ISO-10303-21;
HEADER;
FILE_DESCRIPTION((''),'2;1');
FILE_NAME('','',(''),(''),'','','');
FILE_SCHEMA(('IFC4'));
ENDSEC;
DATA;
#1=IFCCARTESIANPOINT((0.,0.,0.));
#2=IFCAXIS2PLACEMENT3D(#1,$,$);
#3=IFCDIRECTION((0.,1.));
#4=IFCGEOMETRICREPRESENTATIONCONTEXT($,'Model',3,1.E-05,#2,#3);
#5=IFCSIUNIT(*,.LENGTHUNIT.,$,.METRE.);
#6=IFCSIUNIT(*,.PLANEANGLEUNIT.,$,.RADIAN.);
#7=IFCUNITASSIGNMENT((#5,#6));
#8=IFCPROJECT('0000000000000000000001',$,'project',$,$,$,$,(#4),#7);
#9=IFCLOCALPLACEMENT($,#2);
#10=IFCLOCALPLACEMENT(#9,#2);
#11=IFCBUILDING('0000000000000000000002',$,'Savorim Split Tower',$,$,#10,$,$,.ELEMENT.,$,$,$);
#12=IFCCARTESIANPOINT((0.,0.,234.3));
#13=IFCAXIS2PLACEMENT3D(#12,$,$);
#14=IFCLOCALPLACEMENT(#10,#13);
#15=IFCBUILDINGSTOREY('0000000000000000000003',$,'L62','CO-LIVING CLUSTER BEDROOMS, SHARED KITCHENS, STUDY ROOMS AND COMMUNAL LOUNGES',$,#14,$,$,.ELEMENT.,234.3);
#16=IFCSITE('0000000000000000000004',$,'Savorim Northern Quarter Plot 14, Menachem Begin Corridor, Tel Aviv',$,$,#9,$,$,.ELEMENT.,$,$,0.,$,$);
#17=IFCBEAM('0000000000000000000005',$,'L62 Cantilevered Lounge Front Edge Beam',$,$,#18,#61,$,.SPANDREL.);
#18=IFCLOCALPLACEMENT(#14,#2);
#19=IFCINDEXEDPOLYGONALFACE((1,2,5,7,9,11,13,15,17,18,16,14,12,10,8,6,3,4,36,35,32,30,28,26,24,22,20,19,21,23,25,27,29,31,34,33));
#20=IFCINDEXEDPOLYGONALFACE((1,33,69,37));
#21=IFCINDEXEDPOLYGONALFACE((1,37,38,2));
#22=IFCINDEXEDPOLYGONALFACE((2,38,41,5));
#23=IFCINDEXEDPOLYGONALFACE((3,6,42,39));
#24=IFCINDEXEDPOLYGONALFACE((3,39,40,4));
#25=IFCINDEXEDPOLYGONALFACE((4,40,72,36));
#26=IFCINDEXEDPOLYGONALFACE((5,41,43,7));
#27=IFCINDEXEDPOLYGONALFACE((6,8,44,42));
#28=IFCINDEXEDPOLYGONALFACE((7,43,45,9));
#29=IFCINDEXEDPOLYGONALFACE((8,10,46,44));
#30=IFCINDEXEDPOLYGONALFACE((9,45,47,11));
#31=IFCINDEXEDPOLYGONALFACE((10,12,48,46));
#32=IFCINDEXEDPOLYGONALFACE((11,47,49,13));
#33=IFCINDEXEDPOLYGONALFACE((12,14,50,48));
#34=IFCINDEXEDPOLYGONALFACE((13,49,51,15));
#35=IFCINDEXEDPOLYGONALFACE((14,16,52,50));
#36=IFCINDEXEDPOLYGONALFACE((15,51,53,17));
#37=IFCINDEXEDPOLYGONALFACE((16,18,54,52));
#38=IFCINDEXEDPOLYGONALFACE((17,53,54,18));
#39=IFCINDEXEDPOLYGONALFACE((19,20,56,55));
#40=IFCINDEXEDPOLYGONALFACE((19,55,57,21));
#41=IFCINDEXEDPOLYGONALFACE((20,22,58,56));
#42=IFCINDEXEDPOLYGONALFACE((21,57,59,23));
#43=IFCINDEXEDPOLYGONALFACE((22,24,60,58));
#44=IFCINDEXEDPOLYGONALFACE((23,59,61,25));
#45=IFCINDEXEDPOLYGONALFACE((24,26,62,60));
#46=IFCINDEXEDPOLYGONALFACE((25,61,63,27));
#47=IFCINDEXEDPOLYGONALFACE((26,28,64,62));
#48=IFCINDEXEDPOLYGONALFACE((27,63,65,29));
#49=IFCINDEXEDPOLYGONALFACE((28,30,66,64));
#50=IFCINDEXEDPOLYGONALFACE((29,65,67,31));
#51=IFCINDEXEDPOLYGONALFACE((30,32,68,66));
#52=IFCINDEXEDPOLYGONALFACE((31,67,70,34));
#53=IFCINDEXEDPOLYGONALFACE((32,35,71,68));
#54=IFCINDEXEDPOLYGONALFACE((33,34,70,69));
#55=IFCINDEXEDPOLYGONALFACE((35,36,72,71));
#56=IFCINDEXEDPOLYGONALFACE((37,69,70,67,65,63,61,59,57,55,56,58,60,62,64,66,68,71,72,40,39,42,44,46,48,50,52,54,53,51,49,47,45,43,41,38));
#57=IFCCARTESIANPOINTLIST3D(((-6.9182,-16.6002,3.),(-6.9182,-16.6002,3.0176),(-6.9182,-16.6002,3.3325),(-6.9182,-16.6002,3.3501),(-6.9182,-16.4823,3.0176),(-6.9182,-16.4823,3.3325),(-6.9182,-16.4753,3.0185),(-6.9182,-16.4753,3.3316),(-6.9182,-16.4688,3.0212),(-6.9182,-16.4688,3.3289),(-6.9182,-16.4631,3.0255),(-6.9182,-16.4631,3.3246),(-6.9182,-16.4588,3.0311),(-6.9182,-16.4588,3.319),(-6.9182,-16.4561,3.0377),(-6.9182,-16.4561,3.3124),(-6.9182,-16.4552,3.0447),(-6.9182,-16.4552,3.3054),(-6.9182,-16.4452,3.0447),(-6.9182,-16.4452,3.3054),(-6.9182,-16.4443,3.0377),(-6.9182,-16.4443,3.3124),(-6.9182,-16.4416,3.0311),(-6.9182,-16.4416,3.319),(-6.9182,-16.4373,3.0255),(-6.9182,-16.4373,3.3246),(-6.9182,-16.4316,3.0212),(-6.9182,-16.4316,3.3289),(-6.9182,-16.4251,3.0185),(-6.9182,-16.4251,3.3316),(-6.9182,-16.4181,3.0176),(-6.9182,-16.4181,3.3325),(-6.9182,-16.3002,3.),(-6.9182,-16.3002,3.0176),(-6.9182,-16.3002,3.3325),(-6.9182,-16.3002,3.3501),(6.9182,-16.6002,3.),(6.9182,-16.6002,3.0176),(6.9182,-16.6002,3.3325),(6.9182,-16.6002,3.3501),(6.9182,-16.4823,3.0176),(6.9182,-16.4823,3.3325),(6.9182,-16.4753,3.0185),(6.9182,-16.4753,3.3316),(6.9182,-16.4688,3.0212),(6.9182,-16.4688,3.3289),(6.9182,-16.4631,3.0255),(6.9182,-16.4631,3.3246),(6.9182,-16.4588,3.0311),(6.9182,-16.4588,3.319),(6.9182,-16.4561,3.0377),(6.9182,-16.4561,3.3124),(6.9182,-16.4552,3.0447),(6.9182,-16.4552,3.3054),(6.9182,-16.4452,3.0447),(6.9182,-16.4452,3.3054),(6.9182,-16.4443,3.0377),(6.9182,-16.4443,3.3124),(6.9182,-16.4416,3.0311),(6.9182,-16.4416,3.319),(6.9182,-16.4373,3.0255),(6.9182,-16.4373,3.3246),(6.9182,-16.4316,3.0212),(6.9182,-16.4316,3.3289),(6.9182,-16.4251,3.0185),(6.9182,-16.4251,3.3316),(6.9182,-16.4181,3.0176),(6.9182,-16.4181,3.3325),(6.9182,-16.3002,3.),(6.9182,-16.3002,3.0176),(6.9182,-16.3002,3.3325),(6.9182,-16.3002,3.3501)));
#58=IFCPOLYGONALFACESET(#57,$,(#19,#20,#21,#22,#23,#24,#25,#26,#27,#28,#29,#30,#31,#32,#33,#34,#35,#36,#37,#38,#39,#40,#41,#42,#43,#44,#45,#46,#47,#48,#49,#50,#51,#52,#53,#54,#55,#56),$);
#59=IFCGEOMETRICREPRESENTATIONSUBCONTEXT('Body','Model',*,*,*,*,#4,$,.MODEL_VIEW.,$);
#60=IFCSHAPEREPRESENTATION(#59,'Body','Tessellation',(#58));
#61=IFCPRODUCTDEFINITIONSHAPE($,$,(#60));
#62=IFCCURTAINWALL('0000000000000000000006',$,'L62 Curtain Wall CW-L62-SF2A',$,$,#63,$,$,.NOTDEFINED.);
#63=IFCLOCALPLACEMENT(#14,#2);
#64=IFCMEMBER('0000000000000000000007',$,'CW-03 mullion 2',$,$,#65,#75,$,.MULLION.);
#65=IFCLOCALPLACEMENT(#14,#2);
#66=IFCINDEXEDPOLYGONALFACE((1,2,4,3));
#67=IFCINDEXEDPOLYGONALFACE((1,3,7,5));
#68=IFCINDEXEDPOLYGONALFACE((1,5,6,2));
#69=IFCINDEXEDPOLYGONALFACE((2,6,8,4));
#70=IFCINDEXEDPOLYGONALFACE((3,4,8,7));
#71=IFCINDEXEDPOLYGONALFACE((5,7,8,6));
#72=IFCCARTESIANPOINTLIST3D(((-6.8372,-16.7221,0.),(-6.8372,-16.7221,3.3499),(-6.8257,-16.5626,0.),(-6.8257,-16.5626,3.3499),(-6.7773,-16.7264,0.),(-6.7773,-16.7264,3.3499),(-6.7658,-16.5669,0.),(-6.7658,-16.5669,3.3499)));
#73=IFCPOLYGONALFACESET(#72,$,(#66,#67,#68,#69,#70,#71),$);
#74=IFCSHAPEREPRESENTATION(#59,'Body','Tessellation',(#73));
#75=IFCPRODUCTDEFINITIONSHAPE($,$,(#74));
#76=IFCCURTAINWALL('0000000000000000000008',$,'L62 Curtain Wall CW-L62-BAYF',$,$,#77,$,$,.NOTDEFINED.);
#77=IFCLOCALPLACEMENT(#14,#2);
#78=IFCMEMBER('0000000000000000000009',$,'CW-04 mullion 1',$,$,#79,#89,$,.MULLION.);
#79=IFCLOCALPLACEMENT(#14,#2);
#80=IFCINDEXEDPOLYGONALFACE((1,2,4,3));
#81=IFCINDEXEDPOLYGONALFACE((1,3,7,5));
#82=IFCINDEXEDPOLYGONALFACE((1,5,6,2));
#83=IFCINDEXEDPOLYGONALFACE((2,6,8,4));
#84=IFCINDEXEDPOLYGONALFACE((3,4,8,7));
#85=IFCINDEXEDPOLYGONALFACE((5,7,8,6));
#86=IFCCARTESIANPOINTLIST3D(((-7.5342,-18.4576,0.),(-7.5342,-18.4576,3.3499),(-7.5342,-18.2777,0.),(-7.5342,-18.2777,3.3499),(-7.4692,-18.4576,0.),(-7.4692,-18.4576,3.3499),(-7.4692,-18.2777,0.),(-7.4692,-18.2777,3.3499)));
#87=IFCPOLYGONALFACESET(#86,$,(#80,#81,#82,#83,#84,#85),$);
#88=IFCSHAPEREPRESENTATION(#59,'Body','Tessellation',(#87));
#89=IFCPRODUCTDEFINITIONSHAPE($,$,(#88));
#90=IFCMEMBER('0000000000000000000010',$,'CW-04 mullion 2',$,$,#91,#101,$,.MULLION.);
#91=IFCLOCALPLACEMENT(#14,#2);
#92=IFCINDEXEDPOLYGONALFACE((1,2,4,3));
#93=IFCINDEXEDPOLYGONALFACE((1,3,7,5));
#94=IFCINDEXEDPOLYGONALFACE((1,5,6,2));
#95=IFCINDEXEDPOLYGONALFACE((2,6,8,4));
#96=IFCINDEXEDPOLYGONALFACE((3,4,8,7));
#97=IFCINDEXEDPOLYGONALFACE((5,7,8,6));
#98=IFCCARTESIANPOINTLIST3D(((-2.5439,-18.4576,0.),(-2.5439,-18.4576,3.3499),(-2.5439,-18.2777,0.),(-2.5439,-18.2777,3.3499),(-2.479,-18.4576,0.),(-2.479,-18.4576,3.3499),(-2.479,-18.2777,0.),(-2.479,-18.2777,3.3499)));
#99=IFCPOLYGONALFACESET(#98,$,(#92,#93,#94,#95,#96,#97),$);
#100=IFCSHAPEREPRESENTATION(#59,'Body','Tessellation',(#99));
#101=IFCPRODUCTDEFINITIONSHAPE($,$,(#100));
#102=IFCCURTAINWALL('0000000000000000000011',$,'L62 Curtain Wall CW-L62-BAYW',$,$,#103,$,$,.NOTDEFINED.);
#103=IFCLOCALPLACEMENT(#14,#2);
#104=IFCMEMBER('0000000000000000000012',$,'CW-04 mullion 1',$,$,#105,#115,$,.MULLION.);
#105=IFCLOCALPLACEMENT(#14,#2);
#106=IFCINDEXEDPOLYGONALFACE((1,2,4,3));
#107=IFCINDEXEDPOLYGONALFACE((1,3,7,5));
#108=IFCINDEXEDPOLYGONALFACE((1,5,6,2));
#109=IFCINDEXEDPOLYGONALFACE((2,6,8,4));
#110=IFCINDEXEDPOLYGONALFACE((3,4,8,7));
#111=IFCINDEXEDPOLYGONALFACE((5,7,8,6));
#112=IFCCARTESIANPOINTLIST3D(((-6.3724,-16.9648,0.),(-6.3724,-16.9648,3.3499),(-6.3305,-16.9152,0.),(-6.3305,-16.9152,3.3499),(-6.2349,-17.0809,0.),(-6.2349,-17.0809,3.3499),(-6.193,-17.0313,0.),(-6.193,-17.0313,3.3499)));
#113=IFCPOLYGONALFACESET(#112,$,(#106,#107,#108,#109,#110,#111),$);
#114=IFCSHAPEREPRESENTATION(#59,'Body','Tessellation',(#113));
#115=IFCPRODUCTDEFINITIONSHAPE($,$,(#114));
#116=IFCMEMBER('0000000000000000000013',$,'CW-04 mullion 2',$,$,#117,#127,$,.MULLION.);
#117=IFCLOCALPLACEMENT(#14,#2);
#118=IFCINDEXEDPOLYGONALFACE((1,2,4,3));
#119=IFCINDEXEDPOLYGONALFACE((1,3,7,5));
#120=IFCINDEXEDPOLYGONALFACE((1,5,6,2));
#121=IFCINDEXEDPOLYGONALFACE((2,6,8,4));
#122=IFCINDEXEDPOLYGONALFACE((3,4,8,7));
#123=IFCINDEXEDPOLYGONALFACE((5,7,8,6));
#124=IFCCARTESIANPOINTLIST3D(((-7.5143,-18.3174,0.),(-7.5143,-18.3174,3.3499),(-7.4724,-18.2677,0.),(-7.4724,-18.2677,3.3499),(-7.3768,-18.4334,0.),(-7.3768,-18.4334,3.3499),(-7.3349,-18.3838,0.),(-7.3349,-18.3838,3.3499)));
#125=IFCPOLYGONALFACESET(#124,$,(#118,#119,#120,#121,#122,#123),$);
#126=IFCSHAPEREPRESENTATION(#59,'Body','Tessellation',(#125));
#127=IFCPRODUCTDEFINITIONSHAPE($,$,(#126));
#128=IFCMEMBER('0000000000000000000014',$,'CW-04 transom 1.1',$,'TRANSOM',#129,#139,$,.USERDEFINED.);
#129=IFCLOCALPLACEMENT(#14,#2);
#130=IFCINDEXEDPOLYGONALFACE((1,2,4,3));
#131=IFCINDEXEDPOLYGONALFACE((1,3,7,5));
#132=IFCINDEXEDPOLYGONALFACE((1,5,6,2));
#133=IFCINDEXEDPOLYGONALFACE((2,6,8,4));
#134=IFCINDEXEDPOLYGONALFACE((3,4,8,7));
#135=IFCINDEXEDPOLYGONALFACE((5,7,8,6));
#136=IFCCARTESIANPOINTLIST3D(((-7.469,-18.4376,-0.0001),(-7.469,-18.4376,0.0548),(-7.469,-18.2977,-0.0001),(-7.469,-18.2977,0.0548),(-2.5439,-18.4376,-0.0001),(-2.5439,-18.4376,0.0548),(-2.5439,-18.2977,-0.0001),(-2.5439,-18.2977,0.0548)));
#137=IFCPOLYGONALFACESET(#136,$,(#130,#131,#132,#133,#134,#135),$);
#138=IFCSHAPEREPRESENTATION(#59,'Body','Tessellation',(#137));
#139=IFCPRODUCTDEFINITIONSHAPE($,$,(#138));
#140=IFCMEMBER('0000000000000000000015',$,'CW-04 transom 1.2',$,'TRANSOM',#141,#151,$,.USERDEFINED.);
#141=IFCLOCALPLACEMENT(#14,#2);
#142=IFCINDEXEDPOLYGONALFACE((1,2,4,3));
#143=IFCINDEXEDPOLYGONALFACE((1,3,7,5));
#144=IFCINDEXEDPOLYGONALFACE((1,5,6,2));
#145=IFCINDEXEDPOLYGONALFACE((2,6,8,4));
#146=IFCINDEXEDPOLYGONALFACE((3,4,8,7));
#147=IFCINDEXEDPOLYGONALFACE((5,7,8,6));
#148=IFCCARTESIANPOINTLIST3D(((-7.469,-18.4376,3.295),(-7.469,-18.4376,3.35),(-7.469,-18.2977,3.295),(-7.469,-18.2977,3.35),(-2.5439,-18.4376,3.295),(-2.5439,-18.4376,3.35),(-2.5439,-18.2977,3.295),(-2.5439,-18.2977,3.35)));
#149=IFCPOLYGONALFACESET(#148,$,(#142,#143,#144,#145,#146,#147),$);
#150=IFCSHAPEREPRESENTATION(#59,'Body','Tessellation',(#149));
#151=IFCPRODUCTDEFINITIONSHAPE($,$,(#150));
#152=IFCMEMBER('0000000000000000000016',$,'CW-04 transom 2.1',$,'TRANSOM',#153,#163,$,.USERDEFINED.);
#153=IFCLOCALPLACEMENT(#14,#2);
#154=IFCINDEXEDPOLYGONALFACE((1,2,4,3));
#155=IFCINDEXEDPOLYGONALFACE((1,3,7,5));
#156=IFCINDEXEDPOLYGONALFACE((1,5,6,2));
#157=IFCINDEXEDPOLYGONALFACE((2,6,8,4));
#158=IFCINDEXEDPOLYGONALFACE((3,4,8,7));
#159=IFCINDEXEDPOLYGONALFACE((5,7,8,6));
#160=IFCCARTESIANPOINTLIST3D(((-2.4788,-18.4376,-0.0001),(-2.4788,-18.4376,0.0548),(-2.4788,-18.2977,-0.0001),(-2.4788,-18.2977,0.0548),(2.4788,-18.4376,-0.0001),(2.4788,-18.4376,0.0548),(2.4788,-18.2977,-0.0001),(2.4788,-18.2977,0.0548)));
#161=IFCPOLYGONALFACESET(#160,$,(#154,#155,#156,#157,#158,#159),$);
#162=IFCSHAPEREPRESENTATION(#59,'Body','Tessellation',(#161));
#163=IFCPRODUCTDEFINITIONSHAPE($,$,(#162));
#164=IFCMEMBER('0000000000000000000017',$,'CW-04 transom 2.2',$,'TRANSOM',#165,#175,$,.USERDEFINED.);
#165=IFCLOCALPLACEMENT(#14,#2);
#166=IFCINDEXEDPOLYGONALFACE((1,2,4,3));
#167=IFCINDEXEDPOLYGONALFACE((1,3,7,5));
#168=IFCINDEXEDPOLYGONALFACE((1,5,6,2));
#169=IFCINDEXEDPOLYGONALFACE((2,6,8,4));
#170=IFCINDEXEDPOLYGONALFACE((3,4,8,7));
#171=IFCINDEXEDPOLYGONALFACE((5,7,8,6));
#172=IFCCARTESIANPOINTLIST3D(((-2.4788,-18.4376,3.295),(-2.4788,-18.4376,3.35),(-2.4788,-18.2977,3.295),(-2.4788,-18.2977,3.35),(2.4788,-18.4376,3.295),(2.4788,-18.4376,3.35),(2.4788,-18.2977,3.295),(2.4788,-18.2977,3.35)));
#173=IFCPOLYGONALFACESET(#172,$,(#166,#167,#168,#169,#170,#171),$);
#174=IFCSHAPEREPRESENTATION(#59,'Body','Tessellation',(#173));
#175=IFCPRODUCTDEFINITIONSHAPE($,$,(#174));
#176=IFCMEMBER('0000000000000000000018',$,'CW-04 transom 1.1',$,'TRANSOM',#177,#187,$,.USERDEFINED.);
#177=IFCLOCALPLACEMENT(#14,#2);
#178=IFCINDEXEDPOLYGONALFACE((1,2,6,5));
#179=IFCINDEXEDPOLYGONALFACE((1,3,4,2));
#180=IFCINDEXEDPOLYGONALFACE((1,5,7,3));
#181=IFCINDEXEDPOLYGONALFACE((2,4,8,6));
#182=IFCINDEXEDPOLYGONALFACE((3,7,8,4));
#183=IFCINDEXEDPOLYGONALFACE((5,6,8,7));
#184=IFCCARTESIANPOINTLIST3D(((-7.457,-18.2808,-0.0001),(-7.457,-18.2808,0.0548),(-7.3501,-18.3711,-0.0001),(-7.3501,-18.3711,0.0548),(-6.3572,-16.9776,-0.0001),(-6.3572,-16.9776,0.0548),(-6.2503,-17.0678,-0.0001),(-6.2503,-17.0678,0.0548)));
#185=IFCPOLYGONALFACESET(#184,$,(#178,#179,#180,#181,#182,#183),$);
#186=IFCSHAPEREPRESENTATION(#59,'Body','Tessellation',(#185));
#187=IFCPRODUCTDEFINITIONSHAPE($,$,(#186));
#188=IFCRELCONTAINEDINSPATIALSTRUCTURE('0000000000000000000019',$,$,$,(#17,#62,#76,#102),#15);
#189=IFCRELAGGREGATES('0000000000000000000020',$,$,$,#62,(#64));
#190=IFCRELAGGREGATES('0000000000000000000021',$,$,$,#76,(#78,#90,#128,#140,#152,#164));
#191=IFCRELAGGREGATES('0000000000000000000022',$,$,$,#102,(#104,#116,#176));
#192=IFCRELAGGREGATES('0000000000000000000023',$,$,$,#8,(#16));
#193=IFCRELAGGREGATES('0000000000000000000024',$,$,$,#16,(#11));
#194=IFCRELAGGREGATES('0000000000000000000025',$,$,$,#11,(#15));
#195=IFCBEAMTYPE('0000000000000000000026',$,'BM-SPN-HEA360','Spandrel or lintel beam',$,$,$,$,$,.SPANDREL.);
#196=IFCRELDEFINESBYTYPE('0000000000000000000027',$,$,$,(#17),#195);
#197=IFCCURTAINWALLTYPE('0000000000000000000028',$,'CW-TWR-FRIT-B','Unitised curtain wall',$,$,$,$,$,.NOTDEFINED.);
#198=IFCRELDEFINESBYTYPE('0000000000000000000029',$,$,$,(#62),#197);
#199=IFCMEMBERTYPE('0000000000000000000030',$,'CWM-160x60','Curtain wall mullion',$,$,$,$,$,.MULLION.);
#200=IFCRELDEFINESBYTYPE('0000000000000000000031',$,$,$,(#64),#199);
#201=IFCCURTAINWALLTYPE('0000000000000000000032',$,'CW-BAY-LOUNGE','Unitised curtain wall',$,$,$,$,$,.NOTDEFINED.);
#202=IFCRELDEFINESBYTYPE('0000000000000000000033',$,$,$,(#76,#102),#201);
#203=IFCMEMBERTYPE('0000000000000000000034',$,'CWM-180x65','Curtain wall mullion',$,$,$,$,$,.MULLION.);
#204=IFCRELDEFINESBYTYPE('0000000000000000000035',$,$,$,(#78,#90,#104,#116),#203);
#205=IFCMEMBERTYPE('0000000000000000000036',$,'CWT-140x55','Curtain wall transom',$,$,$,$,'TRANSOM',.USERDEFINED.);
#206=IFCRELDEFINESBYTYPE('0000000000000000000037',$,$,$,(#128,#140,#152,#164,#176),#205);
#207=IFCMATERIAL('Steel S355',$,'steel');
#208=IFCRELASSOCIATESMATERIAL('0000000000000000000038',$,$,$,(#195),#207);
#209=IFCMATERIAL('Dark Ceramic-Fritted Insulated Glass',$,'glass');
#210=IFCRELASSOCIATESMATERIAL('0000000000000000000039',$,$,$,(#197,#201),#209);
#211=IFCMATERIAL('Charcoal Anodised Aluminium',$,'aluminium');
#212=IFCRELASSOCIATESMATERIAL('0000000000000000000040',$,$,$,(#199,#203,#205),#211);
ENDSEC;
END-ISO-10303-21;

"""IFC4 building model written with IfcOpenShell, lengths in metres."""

from ifc_helpers import new_model, si_unit, direction, frame, origin, origin_2d, place, context, subcontext, project, spatial, rectangle, i_section, extrude, material, material_profile, profile_set, type_object, element, aggregate, save


model = new_model("IFC4")

# Units and contexts
model_context = context("Model", 3, precision=1e-05, world=origin(), true_north=direction((0.0, 1.0)))
body_context = subcontext(model_context, "Body", "Model", "MODEL_VIEW")
ifc_project = project(units=[si_unit("LENGTHUNIT", "METRE"), si_unit("PLANEANGLEUNIT", "RADIAN")], contexts=[model_context])

# Site, building, storey
site_placement = place(None, origin())
site = spatial("IfcSite", under=ifc_project, at=site_placement, Name="Savorim Northern Quarter Plot 14, Menachem Begin Corridor, Tel Aviv", CompositionType="ELEMENT", RefElevation=0.0)
building_placement = place(site_placement, origin())
building = spatial("IfcBuilding", under=site, at=building_placement, Name="Savorim Split Tower", CompositionType="ELEMENT")
storey_placement = place(building_placement, frame((0.0, 0.0, 234.3)))
storey = spatial("IfcBuildingStorey", under=building, at=storey_placement, Name="L62", Description="CO-LIVING CLUSTER BEDROOMS, SHARED KITCHENS, STUDY ROOMS AND COMMUNAL LOUNGES", CompositionType="ELEMENT", Elevation=234.3)

# Beam
ifc_material_1 = material(Name="Steel S355", Category="steel")
ifc_material_profile_1 = material_profile(ifc_material_1, i_section(OverallWidth=0.3, OverallDepth=0.3501, WebThickness=0.01, FlangeThickness=0.0176, FilletRadius=0.0271, at=origin_2d()), Name="HEA 360")
ifc_profile_set_1 = profile_set([ifc_material_profile_1], Name="Steel S355")
beam_type = type_object("IfcBeamType", Name="BM-SPN-HEA360", Description="Spandrel or lintel beam", PredefinedType="SPANDREL", material=ifc_profile_set_1)
beam_placement = place(storey_placement, frame((-6.9182, -16.4502, 3.175), z_axis=(1.0, 0.0, 0.0), x_axis=(0.0, 1.0, 0.0)))
element("IfcBeam", 1, at=beam_placement, inside=storey, type_object=beam_type, Name="L62 Cantilevered Lounge Front Edge Beam", PredefinedType="SPANDREL", context=body_context, shape_type="SweptSolid", body=[
    extrude(i_section(OverallWidth=0.3, OverallDepth=0.3501, WebThickness=0.01, FlangeThickness=0.0176, FilletRadius=0.0271, at=origin_2d()), origin(), (0.0, 0.0, 1.0), 13.8364),
])

# Curtain wall, member
ifc_material_2 = material(Name="Dark Ceramic-Fritted Insulated Glass", Category="glass")
curtain_wall_type_1 = type_object("IfcCurtainWallType", Name="CW-TWR-FRIT-B", Description="Unitised curtain wall", PredefinedType="NOTDEFINED", material=ifc_material_2)
curtain_wall_1_placement = place(storey_placement, origin())
curtain_wall_1 = element("IfcCurtainWall", 2, at=curtain_wall_1_placement, inside=storey, type_object=curtain_wall_type_1, Name="L62 Curtain Wall CW-L62-SF2A", PredefinedType="NOTDEFINED")
ifc_material_3 = material(Name="Charcoal Anodised Aluminium", Category="aluminium")
ifc_material_profile_2 = material_profile(ifc_material_3, rectangle(XDim=0.1599, YDim=0.0601, at=origin_2d()), Name="ALU-M 160x60")
ifc_profile_set_2 = profile_set([ifc_material_profile_2], Name="Charcoal Anodised Aluminium")
member_type_1 = type_object("IfcMemberType", Name="CWM-160x60", Description="Curtain wall mullion", PredefinedType="MULLION", material=ifc_profile_set_2)
member_1_placement = place(storey_placement, frame((-6.8015, -16.6445, 0.0), z_axis=(0.0, 0.0, 1.0), x_axis=(0.071558, 0.997436, 0.0)))
member_1 = element("IfcMember", 3, at=member_1_placement, type_object=member_type_1, Name="CW-03 mullion 2", PredefinedType="MULLION", context=body_context, shape_type="SweptSolid", body=[
    extrude(rectangle(XDim=0.1599, YDim=0.0601, at=origin_2d()), origin(), (0.0, 0.0, 1.0), 3.3499),
])
aggregate(curtain_wall_1, [member_1])

# Curtain walls, members
curtain_wall_type_2 = type_object("IfcCurtainWallType", Name="CW-BAY-LOUNGE", Description="Unitised curtain wall", PredefinedType="NOTDEFINED", material=ifc_material_2)
curtain_wall_2_placement = place(storey_placement, origin())
curtain_wall_2 = element("IfcCurtainWall", 4, at=curtain_wall_2_placement, inside=storey, type_object=curtain_wall_type_2, Name="L62 Curtain Wall CW-L62-BAYF", PredefinedType="NOTDEFINED")
ifc_material_profile_3 = material_profile(ifc_material_3, rectangle(XDim=0.1799, YDim=0.0649, at=origin_2d()), Name="ALU-M 180x65")
ifc_profile_set_3 = profile_set([ifc_material_profile_3], Name="Charcoal Anodised Aluminium")
member_type_2 = type_object("IfcMemberType", Name="CWM-180x65", Description="Curtain wall mullion", PredefinedType="MULLION", material=ifc_profile_set_3)
member_2_placement = place(storey_placement, frame((-7.5017, -18.3677, 0.0), z_axis=(0.0, 0.0, 1.0), x_axis=(0.0, 1.0, 0.0)))
member_2 = element("IfcMember", 5, at=member_2_placement, type_object=member_type_2, Name="CW-04 mullion 1", PredefinedType="MULLION", context=body_context, shape_type="SweptSolid", body=[
    extrude(rectangle(XDim=0.1799, YDim=0.0649, at=origin_2d()), origin(), (0.0, 0.0, 1.0), 3.3499),
])
member_3_placement = place(storey_placement, frame((-2.5115, -18.3677, 0.0), z_axis=(0.0, 0.0, 1.0), x_axis=(0.0, 1.0, 0.0)))
member_3 = element("IfcMember", 6, at=member_3_placement, type_object=member_type_2, Name="CW-04 mullion 2", PredefinedType="MULLION", context=body_context, shape_type="SweptSolid", body=[
    extrude(rectangle(XDim=0.1799, YDim=0.0649, at=origin_2d()), origin(), (0.0, 0.0, 1.0), 3.3499),
])
curtain_wall_3_placement = place(storey_placement, origin())
curtain_wall_3 = element("IfcCurtainWall", 7, at=curtain_wall_3_placement, inside=storey, type_object=curtain_wall_type_2, Name="L62 Curtain Wall CW-L62-BAYW", PredefinedType="NOTDEFINED")
member_4_placement = place(storey_placement, frame((-6.2827, -16.998, 0.0), z_axis=(0.0, 0.0, 1.0), x_axis=(0.764177, -0.645006, 0.0)))
member_4 = element("IfcMember", 8, at=member_4_placement, type_object=member_type_2, Name="CW-04 mullion 1", PredefinedType="MULLION", context=body_context, shape_type="SweptSolid", body=[
    extrude(rectangle(XDim=0.1799, YDim=0.0649, at=origin_2d()), origin(), (0.0, 0.0, 1.0), 3.3499),
])
member_5_placement = place(storey_placement, frame((-7.4246, -18.3506, 0.0), z_axis=(0.0, 0.0, 1.0), x_axis=(0.764177, -0.645006, 0.0)))
member_5 = element("IfcMember", 9, at=member_5_placement, type_object=member_type_2, Name="CW-04 mullion 2", PredefinedType="MULLION", context=body_context, shape_type="SweptSolid", body=[
    extrude(rectangle(XDim=0.1799, YDim=0.0649, at=origin_2d()), origin(), (0.0, 0.0, 1.0), 3.3499),
])

# Members
ifc_material_profile_4 = material_profile(ifc_material_3, rectangle(XDim=0.1399, YDim=0.0549, at=origin_2d()), Name="ALU-T 140x55")
ifc_profile_set_4 = profile_set([ifc_material_profile_4], Name="Charcoal Anodised Aluminium")
member_type_3 = type_object("IfcMemberType", Name="CWT-140x55", Description="Curtain wall transom", ElementType="TRANSOM", PredefinedType="USERDEFINED", material=ifc_profile_set_4)
member_6_placement = place(storey_placement, frame((-7.469, -18.3677, 0.0273), z_axis=(1.0, 0.0, 0.0), x_axis=(0.0, 1.0, 0.0)))
member_6 = element("IfcMember", 10, at=member_6_placement, type_object=member_type_3, Name="CW-04 transom 1.1", ObjectType="TRANSOM", PredefinedType="USERDEFINED", context=body_context, shape_type="SweptSolid", body=[
    extrude(rectangle(XDim=0.1399, YDim=0.0549, at=origin_2d()), origin(), (0.0, 0.0, 1.0), 4.925),
])
member_7_placement = place(storey_placement, frame((-7.469, -18.3677, 3.3225), z_axis=(1.0, 0.0, 0.0), x_axis=(0.0, 1.0, 0.0)))
member_7 = element("IfcMember", 11, at=member_7_placement, type_object=member_type_3, Name="CW-04 transom 1.2", ObjectType="TRANSOM", PredefinedType="USERDEFINED", context=body_context, shape_type="SweptSolid", body=[
    extrude(rectangle(XDim=0.1399, YDim=0.0549, at=origin_2d()), origin(), (0.0, 0.0, 1.0), 4.925),
])
member_8_placement = place(storey_placement, frame((-2.4788, -18.3677, 0.0273), z_axis=(1.0, 0.0, 0.0), x_axis=(0.0, 1.0, 0.0)))
member_8 = element("IfcMember", 12, at=member_8_placement, type_object=member_type_3, Name="CW-04 transom 2.1", ObjectType="TRANSOM", PredefinedType="USERDEFINED", context=body_context, shape_type="SweptSolid", body=[
    extrude(rectangle(XDim=0.1399, YDim=0.0549, at=origin_2d()), origin(), (0.0, 0.0, 1.0), 4.9575),
])
member_9_placement = place(storey_placement, frame((-2.4788, -18.3677, 3.3225), z_axis=(1.0, 0.0, 0.0), x_axis=(0.0, 1.0, 0.0)))
member_9 = element("IfcMember", 13, at=member_9_placement, type_object=member_type_3, Name="CW-04 transom 2.2", ObjectType="TRANSOM", PredefinedType="USERDEFINED", context=body_context, shape_type="SweptSolid", body=[
    extrude(rectangle(XDim=0.1399, YDim=0.0549, at=origin_2d()), origin(), (0.0, 0.0, 1.0), 4.9575),
])
member_10_placement = place(storey_placement, frame((-6.3037, -17.0227, 0.0273), z_axis=(-0.64496, -0.764217, 0.0), x_axis=(0.764217, -0.64496, 0.0)))
member_10 = element("IfcMember", 14, at=member_10_placement, type_object=member_type_3, Name="CW-04 transom 1.1", ObjectType="TRANSOM", PredefinedType="USERDEFINED", context=body_context, shape_type="SweptSolid", body=[
    extrude(rectangle(XDim=0.1399, YDim=0.0549, at=origin_2d()), origin(), (0.0, 0.0, 1.0), 1.7053),
])

aggregate(curtain_wall_2, [member_2, member_3, member_6, member_7, member_8, member_9])
aggregate(curtain_wall_3, [member_4, member_5, member_10])

save(model, "model.ifc")
